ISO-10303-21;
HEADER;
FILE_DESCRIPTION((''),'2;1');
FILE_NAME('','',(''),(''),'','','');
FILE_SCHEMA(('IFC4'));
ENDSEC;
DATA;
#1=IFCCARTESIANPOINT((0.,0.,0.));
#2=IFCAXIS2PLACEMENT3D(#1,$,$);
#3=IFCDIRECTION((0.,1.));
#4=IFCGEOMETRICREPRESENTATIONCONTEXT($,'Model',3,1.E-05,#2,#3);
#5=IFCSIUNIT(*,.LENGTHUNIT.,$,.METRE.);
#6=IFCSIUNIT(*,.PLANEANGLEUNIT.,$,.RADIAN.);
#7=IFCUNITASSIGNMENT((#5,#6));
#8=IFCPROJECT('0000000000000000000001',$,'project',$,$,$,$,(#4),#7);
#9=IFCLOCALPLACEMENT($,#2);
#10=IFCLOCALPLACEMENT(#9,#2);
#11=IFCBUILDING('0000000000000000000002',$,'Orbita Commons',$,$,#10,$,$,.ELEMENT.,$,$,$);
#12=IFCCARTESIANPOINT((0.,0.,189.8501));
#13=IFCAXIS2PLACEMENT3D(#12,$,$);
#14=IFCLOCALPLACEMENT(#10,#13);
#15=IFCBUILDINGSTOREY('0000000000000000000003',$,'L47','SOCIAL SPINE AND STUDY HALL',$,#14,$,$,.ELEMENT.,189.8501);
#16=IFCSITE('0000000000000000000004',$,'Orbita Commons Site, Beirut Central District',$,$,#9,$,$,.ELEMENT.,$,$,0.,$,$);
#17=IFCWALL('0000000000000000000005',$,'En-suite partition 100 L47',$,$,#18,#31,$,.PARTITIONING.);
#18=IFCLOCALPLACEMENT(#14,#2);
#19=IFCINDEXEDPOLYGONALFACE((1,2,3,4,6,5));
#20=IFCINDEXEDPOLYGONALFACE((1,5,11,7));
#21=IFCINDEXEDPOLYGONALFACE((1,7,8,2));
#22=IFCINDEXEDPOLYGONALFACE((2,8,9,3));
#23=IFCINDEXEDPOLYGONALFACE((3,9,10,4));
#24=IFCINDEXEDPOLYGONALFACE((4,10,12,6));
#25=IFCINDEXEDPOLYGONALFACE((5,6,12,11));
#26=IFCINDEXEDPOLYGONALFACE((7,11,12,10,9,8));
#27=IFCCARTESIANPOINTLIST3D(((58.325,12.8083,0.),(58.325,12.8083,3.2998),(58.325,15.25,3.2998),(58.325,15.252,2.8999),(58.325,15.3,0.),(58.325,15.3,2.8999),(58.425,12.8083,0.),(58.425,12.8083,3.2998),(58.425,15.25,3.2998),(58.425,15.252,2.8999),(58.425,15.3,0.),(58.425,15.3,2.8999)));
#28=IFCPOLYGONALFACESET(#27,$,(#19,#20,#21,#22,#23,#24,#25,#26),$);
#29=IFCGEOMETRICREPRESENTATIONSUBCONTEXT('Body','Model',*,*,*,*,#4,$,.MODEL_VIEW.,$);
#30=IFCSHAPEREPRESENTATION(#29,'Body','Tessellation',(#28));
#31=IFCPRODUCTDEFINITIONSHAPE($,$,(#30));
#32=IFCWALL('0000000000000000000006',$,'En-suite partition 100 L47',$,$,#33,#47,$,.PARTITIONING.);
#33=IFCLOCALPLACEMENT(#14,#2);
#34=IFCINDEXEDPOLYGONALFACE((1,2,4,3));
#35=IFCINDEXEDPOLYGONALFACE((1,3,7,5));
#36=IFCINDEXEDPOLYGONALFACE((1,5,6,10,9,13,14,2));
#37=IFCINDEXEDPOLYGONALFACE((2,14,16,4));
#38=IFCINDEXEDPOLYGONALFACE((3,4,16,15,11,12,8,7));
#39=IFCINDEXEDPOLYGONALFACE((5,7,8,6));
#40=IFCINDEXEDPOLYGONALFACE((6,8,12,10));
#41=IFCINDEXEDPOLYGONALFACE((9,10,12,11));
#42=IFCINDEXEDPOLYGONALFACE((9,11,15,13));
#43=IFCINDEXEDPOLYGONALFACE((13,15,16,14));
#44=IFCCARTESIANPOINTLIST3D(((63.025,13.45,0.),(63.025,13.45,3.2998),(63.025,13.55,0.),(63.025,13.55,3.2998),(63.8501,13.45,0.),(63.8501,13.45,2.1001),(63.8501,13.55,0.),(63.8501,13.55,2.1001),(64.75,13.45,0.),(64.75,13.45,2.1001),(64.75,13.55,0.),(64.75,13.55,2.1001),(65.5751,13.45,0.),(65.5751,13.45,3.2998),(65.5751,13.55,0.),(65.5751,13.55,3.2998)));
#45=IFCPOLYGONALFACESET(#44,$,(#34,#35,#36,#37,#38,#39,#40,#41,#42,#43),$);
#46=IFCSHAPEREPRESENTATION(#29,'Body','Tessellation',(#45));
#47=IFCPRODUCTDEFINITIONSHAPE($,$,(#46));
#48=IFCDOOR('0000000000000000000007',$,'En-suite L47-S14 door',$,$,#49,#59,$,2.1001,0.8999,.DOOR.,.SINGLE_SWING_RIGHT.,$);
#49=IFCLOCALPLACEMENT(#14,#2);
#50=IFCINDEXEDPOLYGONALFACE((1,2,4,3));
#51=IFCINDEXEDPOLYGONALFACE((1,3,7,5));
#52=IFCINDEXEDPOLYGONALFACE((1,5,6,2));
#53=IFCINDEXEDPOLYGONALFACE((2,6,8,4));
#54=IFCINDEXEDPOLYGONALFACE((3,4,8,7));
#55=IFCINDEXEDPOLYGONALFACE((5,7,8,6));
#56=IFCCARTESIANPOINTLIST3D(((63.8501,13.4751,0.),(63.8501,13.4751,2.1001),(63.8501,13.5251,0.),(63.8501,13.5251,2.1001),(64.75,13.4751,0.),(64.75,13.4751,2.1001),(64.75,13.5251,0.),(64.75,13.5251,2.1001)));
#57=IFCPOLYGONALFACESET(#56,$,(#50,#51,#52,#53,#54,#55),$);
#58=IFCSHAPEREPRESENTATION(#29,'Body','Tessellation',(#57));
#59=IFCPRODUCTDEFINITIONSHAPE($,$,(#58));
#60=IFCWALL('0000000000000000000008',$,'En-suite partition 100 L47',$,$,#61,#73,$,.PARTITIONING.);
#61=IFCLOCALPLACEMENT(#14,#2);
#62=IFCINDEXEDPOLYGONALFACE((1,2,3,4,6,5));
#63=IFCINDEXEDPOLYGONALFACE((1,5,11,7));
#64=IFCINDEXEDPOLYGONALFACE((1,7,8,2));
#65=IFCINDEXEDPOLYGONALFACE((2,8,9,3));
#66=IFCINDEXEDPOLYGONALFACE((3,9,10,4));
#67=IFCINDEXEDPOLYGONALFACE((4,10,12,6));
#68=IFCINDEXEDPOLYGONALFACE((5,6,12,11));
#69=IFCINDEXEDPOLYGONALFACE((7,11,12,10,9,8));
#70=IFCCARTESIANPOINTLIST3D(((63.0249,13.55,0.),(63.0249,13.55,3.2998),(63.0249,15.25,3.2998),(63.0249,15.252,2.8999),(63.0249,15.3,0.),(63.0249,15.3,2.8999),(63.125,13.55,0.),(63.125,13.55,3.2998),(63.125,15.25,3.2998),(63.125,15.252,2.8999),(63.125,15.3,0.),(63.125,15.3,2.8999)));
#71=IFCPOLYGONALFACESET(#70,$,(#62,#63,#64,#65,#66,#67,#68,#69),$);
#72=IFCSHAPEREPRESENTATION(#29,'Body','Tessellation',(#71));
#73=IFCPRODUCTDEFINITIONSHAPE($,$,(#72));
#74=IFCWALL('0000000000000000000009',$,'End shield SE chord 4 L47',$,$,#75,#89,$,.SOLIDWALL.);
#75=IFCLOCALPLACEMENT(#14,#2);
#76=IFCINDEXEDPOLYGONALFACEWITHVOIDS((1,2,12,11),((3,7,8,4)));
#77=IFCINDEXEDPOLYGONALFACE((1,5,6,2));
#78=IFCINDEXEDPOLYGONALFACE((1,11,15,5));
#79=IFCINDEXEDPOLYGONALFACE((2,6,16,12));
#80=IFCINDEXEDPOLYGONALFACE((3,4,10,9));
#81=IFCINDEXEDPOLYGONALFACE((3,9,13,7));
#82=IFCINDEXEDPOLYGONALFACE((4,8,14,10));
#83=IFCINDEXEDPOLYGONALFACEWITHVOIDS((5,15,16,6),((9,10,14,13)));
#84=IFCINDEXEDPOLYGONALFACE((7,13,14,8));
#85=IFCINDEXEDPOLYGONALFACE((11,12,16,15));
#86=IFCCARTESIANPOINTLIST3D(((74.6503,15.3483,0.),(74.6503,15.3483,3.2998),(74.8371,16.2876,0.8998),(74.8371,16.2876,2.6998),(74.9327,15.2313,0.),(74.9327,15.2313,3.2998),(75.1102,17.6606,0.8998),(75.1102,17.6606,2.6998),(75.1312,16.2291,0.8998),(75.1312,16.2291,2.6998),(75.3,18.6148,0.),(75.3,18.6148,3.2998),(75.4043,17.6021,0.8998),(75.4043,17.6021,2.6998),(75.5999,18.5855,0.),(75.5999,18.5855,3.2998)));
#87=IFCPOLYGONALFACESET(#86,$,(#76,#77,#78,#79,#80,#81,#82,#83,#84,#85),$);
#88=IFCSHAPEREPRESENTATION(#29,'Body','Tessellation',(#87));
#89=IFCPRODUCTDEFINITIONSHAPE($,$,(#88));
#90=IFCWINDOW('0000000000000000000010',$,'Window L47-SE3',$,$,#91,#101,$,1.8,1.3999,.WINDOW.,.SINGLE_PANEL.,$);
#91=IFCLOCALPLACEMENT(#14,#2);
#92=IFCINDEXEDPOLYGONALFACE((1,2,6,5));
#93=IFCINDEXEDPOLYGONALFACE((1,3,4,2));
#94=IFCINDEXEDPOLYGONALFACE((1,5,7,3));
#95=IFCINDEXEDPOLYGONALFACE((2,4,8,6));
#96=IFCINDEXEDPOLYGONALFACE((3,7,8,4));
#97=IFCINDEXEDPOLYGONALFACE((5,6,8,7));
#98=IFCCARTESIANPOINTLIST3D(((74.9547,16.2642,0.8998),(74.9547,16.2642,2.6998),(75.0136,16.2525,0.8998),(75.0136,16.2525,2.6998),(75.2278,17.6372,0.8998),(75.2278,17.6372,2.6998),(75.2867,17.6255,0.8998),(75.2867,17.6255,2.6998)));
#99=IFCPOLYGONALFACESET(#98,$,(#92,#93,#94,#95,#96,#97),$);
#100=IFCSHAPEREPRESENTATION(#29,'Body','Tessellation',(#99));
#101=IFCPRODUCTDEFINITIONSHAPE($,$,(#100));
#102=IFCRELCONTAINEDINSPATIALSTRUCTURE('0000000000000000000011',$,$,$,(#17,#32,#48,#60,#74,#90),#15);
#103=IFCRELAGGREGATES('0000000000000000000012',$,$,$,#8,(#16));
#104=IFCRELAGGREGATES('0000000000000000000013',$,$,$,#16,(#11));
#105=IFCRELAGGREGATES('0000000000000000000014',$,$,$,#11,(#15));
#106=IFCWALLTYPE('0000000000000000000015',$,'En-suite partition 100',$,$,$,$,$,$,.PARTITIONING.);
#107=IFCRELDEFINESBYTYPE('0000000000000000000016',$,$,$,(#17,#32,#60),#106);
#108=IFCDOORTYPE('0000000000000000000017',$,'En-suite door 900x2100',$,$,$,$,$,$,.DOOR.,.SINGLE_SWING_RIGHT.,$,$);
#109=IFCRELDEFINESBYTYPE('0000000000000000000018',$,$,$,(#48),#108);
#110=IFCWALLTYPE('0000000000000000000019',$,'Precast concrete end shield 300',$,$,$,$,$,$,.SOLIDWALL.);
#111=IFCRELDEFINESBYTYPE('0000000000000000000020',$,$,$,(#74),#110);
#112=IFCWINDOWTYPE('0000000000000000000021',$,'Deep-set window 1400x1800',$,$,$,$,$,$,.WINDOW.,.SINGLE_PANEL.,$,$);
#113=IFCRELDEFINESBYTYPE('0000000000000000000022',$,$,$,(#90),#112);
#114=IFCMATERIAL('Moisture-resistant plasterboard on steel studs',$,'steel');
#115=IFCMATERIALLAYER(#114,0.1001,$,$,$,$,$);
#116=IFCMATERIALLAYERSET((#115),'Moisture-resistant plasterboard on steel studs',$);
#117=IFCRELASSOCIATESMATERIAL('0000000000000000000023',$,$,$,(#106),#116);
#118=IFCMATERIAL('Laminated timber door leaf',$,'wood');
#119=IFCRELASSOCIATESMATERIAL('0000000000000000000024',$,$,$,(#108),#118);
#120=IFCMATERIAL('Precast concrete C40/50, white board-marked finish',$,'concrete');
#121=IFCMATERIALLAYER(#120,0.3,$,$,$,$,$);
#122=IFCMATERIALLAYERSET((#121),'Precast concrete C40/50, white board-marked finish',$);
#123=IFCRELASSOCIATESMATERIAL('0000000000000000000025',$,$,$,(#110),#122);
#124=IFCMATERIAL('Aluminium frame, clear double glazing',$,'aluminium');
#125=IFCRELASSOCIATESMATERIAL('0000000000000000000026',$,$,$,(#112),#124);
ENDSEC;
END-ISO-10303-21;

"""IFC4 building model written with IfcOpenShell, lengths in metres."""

from ifc_helpers import new_model, si_unit, direction, frame, frame_2d, origin, place, context, subcontext, project, spatial, polyline, rectangle, outline, extrude, material, layer, layer_set, type_object, element, fill, save


model = new_model("IFC4")

# Units and contexts
model_context = context("Model", 3, precision=1e-05, world=origin(), true_north=direction((0.0, 1.0)))
body_context = subcontext(model_context, "Body", "Model", "MODEL_VIEW")
ifc_project = project(units=[si_unit("LENGTHUNIT", "METRE"), si_unit("PLANEANGLEUNIT", "RADIAN")], contexts=[model_context])

# Site, building, storey
site_placement = place(None, origin())
site = spatial("IfcSite", under=ifc_project, at=site_placement, Name="Orbita Commons Site, Beirut Central District", CompositionType="ELEMENT", RefElevation=0.0)
building_placement = place(site_placement, origin())
building = spatial("IfcBuilding", under=site, at=building_placement, Name="Orbita Commons", CompositionType="ELEMENT")
storey_placement = place(building_placement, frame((0.0, 0.0, 189.8501)))
storey = spatial("IfcBuildingStorey", under=building, at=storey_placement, Name="L47", Description="SOCIAL SPINE AND STUDY HALL", CompositionType="ELEMENT", Elevation=189.8501)

# Wall
ifc_material_1 = material(Name="Moisture-resistant plasterboard on steel studs", Category="steel")
ifc_layer_1 = layer(ifc_material_1, 0.1001)
ifc_layer_set_1 = layer_set([ifc_layer_1], Name="Moisture-resistant plasterboard on steel studs")
wall_type_1 = type_object("IfcWallType", Name="En-suite partition 100", PredefinedType="PARTITIONING", material=ifc_layer_set_1)
wall_1_placement = place(storey_placement, frame((58.375, 12.8083, 0.0), z_axis=(0.0, 0.0, 1.0), x_axis=(0.0, 1.0, 0.0)))
element("IfcWall", 1, at=wall_1_placement, inside=storey, type_object=wall_type_1, Name="En-suite partition 100 L47", PredefinedType="PARTITIONING", context=body_context, shape_type="SweptSolid", body=[
    extrude(outline(polyline([(0.0, 0.0), (2.4917, 0.0), (2.4917, 2.8999), (2.4436, 2.8999), (2.4417, 3.2998), (0.0, 3.2998), (0.0, 0.0)])), frame((0.0, 0.05, 0.0), z_axis=(0.0, -1.0, 0.0), x_axis=(1.0, 0.0, 0.0)), (0.0, 0.0, 1.0), 0.1001),
])

# Wall, opening, door
wall_2_placement = place(storey_placement, frame((65.575, 13.5, 0.0), z_axis=(0.0, 0.0, 1.0), x_axis=(-1.0, 0.0, 0.0)))
wall_2 = element("IfcWall", 2, at=wall_2_placement, inside=storey, type_object=wall_type_1, Name="En-suite partition 100 L47", PredefinedType="PARTITIONING", context=body_context, shape_type="SweptSolid", body=[
    extrude(rectangle(XDim=2.55, YDim=0.1001, at=frame_2d((1.2749, 0.0))), origin(), (0.0, 0.0, 1.0), 3.2998),
])
opening_1_placement = place(wall_2_placement, frame((0.825, 0.0, 0.0)))
opening_1 = element("IfcOpeningElement", 3, at=opening_1_placement, cuts=wall_2, PredefinedType="OPENING", context=body_context, shape_type="SweptSolid", body=[
    extrude(rectangle(XDim=0.8999, YDim=2.1001, at=frame_2d((0.45, 1.05))), frame((0.0, 0.0601, 0.0), z_axis=(0.0, -1.0, 0.0), x_axis=(1.0, 0.0, 0.0)), (0.0, 0.0, 1.0), 0.1201),
])
ifc_material_2 = material(Name="Laminated timber door leaf", Category="wood")
door_type_1 = type_object("IfcDoorType", Name="En-suite door 900x2100", OperationType="SINGLE_SWING_RIGHT", PredefinedType="DOOR", material=ifc_material_2)
door_1_placement = place(opening_1_placement, origin())
door_1 = element("IfcDoor", 4, at=door_1_placement, inside=storey, type_object=door_type_1, Name="En-suite L47-S14 door", OperationType="SINGLE_SWING_RIGHT", OverallHeight=2.1001, OverallWidth=0.8999, PredefinedType="DOOR", context=body_context, shape_type="SweptSolid", body=[
    extrude(rectangle(XDim=0.8999, YDim=2.1001, at=frame_2d((0.45, 1.05))), frame((0.0, 0.0249, 0.0), z_axis=(0.0, -1.0, 0.0), x_axis=(1.0, 0.0, 0.0)), (0.0, 0.0, 1.0), 0.05),
])
fill(opening_1, door_1)

# Wall
wall_3_placement = place(storey_placement, frame((63.075, 13.55, 0.0), z_axis=(0.0, 0.0, 1.0), x_axis=(0.0, 1.0, 0.0)))
element("IfcWall", 5, at=wall_3_placement, inside=storey, type_object=wall_type_1, Name="En-suite partition 100 L47", PredefinedType="PARTITIONING", context=body_context, shape_type="SweptSolid", body=[
    extrude(outline(polyline([(0.0, 0.0), (1.75, 0.0), (1.75, 2.8999), (1.7019, 2.8999), (1.7, 3.2998), (0.0, 3.2998), (0.0, 0.0)])), frame((0.0, 0.05, 0.0), z_axis=(0.0, -1.0, 0.0), x_axis=(1.0, 0.0, 0.0)), (0.0, 0.0, 1.0), 0.1001),
])

# Wall, opening, window
ifc_material_3 = material(Name="Precast concrete C40/50, white board-marked finish", Category="concrete")
ifc_layer_2 = layer(ifc_material_3, 0.3)
ifc_layer_set_2 = layer_set([ifc_layer_2], Name="Precast concrete C40/50, white board-marked finish")
wall_type_2 = type_object("IfcWallType", Name="Precast concrete end shield 300", PredefinedType="SOLIDWALL", material=ifc_layer_set_2)
wall_4_placement = place(storey_placement, frame((74.7915, 15.2898, 0.0), z_axis=(0.0, 0.0, 1.0), x_axis=(0.195087, 0.980786, 0.0)))
wall_4 = element("IfcWall", 6, at=wall_4_placement, inside=storey, type_object=wall_type_2, Name="End shield SE chord 4 L47", PredefinedType="SOLIDWALL", context=body_context, shape_type="SweptSolid", body=[
    extrude(outline(polyline([(-0.0298, -0.1499), (3.3901, -0.1499), (3.3604, 0.1499), (0.0298, 0.1499), (-0.0298, -0.1499)])), origin(), (0.0, 0.0, 1.0), 3.2998),
])
opening_2_placement = place(wall_4_placement, frame((0.9875, 0.0, 0.8999)))
opening_2 = element("IfcOpeningElement", 7, at=opening_2_placement, cuts=wall_4, PredefinedType="OPENING", context=body_context, shape_type="SweptSolid", body=[
    extrude(rectangle(XDim=1.3999, YDim=1.8, at=frame_2d((0.7, 0.8999))), frame((0.0, 0.1599, 0.0), z_axis=(0.0, -1.0, 0.0), x_axis=(1.0, 0.0, 0.0)), (0.0, 0.0, 1.0), 0.3201),
])
ifc_material_4 = material(Name="Aluminium frame, clear double glazing", Category="aluminium")
window_type = type_object("IfcWindowType", Name="Deep-set window 1400x1800", PartitioningType="SINGLE_PANEL", PredefinedType="WINDOW", material=ifc_material_4)
window_placement = place(opening_2_placement, origin())
window = element("IfcWindow", 8, at=window_placement, inside=storey, type_object=window_type, Name="Window L47-SE3", OverallHeight=1.8, OverallWidth=1.3999, PartitioningType="SINGLE_PANEL", PredefinedType="WINDOW", context=body_context, shape_type="SweptSolid", body=[
    extrude(rectangle(XDim=1.3999, YDim=1.8, at=frame_2d((0.7, 0.8999))), frame((0.0, 0.03, 0.0), z_axis=(0.0, -1.0, 0.0), x_axis=(1.0, 0.0, 0.0)), (0.0, 0.0, 1.0), 0.0601),
])
fill(opening_2, window)

save(model, "model.ifc")
